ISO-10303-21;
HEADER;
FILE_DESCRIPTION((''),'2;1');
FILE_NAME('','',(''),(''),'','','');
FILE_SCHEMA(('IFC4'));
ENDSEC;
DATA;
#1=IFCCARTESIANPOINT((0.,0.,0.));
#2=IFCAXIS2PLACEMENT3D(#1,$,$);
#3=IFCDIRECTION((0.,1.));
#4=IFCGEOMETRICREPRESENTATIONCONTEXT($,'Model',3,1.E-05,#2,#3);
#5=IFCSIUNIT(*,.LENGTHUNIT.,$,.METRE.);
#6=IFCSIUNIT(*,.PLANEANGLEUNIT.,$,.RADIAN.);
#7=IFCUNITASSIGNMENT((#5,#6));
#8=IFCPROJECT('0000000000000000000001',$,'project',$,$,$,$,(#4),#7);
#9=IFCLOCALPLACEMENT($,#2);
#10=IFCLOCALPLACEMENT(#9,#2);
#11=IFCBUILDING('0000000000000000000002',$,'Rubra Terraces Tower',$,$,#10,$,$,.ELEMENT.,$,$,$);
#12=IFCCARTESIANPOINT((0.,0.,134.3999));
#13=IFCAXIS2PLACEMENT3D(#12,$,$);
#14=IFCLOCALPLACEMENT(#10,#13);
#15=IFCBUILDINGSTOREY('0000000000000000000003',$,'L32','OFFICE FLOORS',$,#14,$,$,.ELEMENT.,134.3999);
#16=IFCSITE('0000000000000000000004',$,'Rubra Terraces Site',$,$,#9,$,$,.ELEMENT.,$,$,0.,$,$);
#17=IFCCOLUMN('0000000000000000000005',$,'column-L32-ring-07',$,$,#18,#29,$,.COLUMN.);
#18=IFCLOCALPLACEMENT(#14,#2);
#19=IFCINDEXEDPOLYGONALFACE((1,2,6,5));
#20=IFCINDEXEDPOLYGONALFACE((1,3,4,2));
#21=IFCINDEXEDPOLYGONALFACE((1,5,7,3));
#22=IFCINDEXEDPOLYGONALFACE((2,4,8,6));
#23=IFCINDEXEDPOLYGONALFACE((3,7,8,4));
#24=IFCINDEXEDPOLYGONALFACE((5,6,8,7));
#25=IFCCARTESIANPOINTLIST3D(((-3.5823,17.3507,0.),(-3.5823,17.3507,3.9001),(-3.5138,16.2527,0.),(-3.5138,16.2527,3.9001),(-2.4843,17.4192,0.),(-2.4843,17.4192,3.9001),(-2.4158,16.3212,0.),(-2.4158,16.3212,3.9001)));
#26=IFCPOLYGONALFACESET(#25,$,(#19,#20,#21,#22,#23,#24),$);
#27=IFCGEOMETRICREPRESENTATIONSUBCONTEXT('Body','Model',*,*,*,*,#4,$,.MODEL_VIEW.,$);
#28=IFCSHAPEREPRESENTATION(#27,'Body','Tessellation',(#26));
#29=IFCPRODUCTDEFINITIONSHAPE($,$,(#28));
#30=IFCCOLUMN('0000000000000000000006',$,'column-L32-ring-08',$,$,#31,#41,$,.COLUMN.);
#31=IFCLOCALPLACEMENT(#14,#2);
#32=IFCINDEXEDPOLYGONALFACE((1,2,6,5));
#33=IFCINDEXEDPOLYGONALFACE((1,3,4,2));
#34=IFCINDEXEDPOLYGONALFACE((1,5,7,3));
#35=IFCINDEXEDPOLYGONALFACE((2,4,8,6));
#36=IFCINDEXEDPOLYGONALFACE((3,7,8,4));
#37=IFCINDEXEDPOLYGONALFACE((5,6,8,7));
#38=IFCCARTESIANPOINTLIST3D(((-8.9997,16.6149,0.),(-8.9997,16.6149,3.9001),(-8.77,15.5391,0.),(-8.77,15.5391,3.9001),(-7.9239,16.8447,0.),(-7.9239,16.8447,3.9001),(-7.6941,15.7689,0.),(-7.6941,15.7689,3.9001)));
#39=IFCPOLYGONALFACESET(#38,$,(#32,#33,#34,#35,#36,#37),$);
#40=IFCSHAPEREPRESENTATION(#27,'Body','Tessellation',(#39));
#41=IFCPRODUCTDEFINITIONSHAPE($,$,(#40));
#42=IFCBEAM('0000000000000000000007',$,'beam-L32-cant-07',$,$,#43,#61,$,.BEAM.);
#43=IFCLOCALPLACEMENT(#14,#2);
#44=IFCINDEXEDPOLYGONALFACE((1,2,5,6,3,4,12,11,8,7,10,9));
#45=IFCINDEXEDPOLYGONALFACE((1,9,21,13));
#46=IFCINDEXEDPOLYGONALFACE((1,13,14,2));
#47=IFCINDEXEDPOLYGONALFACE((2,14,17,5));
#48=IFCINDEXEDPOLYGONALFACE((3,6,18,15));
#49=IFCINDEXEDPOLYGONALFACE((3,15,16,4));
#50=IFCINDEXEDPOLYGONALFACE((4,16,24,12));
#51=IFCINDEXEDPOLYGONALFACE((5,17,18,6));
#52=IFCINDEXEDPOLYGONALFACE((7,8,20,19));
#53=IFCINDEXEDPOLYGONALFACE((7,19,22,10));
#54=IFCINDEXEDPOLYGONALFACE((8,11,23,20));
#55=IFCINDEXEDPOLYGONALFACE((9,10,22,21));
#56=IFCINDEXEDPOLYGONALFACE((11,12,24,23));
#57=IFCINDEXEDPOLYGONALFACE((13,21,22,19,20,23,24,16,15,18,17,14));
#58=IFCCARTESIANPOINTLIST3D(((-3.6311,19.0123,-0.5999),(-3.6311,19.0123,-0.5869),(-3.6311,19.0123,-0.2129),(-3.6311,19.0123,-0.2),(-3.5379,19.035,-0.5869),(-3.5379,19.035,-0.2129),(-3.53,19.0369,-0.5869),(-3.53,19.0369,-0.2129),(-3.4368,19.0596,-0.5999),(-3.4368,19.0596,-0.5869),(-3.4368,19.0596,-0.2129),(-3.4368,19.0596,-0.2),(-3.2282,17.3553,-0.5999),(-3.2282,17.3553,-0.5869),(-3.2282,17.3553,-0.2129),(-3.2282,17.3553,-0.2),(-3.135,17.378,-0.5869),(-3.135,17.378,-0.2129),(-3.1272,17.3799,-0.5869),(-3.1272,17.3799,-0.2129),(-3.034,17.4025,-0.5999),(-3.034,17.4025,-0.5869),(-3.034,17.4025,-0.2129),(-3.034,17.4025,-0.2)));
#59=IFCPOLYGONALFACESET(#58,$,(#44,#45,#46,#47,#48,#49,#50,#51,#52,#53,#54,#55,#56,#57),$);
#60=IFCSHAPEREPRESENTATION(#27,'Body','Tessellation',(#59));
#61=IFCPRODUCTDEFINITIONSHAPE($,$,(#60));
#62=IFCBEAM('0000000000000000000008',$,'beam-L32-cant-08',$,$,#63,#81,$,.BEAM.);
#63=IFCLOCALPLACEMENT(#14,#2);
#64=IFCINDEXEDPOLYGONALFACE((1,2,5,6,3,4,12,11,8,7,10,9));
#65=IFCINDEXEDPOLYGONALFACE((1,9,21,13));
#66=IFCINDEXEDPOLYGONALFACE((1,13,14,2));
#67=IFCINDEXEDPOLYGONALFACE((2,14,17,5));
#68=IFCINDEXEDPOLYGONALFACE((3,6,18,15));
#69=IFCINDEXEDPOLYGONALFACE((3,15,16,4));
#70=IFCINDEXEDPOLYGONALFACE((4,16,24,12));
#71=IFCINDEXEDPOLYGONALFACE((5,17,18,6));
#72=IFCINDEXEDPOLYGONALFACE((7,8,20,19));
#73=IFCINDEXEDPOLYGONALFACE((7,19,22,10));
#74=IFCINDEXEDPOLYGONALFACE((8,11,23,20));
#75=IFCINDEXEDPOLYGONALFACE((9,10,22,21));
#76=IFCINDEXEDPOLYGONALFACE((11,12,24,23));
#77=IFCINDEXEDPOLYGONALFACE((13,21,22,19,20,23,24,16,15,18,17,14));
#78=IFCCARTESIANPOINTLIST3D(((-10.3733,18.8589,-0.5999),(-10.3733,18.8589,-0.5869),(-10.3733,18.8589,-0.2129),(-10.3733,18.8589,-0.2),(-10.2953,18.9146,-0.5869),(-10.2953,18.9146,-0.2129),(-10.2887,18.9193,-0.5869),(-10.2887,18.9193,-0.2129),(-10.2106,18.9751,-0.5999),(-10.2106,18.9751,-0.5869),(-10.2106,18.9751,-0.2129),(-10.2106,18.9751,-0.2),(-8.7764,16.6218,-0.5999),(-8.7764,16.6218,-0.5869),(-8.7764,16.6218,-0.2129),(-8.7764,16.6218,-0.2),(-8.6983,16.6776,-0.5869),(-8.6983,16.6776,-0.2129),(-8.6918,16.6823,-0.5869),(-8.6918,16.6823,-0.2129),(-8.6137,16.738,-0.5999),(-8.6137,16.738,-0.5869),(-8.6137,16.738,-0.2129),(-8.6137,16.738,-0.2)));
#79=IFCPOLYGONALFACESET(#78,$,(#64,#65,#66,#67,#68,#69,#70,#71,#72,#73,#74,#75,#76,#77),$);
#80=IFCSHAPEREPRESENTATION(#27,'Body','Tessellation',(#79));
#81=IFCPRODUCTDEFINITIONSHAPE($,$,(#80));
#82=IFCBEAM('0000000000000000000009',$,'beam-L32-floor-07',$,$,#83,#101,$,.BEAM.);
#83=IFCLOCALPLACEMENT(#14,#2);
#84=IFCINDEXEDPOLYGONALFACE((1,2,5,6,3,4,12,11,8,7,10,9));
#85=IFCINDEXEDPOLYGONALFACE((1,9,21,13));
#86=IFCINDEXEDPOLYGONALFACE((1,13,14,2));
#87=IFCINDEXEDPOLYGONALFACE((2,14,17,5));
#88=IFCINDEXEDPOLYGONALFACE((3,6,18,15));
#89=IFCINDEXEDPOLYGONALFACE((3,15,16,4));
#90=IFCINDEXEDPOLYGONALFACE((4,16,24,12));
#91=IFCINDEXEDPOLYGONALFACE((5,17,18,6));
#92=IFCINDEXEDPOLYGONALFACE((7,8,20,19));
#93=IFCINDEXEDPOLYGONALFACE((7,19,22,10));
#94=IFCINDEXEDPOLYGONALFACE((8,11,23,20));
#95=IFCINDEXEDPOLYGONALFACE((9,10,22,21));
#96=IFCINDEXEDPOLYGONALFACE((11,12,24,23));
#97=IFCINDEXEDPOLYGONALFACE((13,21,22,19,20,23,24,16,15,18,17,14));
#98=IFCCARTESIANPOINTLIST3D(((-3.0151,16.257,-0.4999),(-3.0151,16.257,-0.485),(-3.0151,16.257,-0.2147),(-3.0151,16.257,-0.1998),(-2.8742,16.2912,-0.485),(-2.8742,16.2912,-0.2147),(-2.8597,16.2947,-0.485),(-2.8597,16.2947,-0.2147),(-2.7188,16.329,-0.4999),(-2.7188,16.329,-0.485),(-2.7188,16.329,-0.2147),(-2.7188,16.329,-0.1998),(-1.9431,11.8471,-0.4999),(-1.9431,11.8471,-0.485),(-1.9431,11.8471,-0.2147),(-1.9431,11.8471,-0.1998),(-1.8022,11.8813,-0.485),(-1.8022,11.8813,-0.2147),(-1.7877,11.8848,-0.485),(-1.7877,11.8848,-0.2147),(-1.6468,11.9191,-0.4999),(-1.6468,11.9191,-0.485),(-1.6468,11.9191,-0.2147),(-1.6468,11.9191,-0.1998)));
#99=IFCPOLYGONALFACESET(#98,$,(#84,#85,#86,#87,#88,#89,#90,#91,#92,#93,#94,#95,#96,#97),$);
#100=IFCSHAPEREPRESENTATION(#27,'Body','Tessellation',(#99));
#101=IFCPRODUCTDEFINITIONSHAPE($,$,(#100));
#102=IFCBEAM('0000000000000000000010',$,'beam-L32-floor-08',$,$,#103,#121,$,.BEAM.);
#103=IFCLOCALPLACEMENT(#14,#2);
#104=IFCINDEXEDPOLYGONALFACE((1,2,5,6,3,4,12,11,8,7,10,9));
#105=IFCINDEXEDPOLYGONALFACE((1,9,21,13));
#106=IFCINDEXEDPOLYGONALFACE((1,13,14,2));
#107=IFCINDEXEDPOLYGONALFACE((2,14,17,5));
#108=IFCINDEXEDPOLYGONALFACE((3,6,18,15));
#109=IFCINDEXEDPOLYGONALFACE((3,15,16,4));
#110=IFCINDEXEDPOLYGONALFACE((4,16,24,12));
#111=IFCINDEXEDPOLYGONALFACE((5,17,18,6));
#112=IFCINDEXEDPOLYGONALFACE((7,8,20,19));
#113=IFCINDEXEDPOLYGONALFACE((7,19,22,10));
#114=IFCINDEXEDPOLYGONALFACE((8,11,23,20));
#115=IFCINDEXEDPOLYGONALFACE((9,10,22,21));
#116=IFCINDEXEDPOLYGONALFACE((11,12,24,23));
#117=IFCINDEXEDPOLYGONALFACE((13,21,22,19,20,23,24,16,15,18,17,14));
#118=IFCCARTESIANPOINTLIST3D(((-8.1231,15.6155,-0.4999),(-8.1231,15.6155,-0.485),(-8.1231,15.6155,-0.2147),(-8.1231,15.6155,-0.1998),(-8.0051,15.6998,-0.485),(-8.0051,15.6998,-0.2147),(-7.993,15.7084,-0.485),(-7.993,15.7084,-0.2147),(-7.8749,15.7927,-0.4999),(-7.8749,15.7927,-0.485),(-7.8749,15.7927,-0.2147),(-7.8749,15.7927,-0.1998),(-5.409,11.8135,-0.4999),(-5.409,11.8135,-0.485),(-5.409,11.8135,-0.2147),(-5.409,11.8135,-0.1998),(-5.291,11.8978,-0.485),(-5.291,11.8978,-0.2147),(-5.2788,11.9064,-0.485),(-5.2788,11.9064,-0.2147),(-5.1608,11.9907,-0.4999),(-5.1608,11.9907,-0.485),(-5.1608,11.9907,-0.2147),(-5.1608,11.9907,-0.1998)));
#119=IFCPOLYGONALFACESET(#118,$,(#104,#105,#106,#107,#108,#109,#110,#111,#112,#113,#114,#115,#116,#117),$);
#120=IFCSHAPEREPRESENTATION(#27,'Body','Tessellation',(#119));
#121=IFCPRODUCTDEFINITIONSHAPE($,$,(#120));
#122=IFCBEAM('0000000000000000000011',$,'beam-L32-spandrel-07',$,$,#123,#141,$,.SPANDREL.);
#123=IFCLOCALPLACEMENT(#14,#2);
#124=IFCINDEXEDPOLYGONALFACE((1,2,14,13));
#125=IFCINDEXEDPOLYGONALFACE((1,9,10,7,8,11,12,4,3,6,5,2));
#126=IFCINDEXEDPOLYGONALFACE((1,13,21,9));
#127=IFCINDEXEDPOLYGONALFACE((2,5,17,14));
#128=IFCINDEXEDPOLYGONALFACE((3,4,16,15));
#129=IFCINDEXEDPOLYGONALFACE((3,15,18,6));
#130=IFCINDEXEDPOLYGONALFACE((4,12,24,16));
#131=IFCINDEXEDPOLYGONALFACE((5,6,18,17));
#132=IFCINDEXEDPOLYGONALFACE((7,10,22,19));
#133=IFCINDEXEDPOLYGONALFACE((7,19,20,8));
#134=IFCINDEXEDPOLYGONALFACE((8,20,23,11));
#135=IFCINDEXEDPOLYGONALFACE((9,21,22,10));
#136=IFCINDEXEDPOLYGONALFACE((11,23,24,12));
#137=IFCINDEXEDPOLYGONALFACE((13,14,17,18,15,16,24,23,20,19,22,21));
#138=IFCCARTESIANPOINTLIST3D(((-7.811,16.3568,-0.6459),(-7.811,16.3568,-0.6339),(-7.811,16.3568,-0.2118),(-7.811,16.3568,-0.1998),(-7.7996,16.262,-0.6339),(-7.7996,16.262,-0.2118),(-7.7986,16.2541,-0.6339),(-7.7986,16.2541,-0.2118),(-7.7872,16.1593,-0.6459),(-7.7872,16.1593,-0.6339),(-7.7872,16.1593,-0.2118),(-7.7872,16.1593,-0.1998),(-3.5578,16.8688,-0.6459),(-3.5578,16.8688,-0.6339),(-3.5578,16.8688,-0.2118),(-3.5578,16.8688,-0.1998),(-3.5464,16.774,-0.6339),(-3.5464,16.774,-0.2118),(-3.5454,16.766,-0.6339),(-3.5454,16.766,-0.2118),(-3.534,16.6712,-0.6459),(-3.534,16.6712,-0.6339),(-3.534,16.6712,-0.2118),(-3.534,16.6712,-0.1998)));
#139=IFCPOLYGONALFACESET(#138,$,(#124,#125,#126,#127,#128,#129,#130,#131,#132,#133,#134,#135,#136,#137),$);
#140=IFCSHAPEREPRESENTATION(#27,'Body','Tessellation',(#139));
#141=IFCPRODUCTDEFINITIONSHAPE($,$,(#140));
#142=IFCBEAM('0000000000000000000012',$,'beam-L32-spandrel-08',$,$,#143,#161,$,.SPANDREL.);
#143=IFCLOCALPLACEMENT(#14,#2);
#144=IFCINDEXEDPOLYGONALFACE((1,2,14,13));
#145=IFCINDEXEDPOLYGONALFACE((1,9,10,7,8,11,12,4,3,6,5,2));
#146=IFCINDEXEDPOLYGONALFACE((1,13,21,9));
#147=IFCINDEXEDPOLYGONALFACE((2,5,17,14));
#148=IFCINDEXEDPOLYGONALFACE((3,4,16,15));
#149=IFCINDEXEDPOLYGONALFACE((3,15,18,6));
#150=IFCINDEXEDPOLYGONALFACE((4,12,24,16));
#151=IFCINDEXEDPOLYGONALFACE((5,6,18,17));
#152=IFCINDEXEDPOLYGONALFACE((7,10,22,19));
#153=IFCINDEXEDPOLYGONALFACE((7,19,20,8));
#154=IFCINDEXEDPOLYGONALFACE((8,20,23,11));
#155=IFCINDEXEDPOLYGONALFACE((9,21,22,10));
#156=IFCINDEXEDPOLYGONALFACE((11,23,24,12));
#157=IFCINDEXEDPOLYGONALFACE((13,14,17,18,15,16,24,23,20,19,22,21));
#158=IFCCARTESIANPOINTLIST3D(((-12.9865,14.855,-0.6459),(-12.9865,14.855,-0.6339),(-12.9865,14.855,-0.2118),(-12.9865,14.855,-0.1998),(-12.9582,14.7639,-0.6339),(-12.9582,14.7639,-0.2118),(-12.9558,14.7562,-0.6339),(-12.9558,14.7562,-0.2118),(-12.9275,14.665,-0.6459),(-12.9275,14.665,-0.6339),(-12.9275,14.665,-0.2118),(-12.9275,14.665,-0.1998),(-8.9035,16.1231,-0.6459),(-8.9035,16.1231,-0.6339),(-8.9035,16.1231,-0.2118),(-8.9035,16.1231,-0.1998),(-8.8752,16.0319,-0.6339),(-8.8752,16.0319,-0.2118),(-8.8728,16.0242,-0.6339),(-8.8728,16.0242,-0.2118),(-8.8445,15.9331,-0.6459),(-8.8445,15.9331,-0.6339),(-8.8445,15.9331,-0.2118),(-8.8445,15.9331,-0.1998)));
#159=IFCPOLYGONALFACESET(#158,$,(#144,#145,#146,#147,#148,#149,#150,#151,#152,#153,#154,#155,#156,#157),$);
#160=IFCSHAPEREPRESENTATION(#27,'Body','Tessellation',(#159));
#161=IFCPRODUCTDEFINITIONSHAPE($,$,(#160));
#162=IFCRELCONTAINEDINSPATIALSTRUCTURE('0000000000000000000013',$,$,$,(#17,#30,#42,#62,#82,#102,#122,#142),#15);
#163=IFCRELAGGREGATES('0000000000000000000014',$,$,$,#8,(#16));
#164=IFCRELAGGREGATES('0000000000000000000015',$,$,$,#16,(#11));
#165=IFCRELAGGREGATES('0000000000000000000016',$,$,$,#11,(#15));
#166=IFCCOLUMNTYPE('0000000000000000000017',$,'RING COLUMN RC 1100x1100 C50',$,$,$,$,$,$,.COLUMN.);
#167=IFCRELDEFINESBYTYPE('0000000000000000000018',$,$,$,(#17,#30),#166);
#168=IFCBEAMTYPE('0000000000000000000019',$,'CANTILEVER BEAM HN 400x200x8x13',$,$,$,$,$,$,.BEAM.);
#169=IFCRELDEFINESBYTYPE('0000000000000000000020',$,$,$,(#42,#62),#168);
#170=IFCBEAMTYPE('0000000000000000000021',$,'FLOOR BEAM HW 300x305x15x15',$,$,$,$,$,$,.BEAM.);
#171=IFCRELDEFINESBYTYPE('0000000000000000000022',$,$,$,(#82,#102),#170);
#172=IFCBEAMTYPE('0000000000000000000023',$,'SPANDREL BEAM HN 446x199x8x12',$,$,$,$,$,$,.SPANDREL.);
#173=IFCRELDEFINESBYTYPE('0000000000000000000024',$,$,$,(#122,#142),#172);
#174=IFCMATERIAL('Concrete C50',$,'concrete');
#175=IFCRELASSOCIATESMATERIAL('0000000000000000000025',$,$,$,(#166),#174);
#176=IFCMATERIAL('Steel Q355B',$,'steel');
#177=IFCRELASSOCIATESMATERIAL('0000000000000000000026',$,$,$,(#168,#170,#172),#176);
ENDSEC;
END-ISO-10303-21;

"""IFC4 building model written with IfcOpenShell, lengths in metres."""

from ifc_helpers import new_model, si_unit, direction, frame, origin, origin_2d, place, context, subcontext, project, spatial, rectangle, i_section, extrude, material, material_profile, profile_set, type_object, element, save


model = new_model("IFC4")

# Units and contexts
model_context = context("Model", 3, precision=1e-05, world=origin(), true_north=direction((0.0, 1.0)))
body_context = subcontext(model_context, "Body", "Model", "MODEL_VIEW")
ifc_project = project(units=[si_unit("LENGTHUNIT", "METRE"), si_unit("PLANEANGLEUNIT", "RADIAN")], contexts=[model_context])

# Site, building, storey
site_placement = place(None, origin())
site = spatial("IfcSite", under=ifc_project, at=site_placement, Name="Rubra Terraces Site", CompositionType="ELEMENT", RefElevation=0.0)
building_placement = place(site_placement, origin())
building = spatial("IfcBuilding", under=site, at=building_placement, Name="Rubra Terraces Tower", CompositionType="ELEMENT")
storey_placement = place(building_placement, frame((0.0, 0.0, 134.3999)))
storey = spatial("IfcBuildingStorey", under=building, at=storey_placement, Name="L32", Description="OFFICE FLOORS", CompositionType="ELEMENT", Elevation=134.3999)

# Columns
ifc_material_1 = material(Name="Concrete C50", Category="concrete")
ifc_material_profile_1 = material_profile(ifc_material_1, rectangle(XDim=1.1001, YDim=1.1001, at=origin_2d()), Name="RC 1100x1100")
ifc_profile_set_1 = profile_set([ifc_material_profile_1], Name="Concrete C50")
column_type = type_object("IfcColumnType", Name="RING COLUMN RC 1100x1100 C50", PredefinedType="COLUMN", material=ifc_profile_set_1)
for number, where, z_axis, x_axis, name in (
    (1, (-2.999, 16.8359, 0.0), (0.0, 0.0, 1.0), (-0.998059, -0.062268, 0.0), "column-L32-ring-07"),
    (2, (-8.3469, 16.1919, 0.0), (0.0, 0.0, 1.0), (-0.977944, -0.208867, 0.0), "column-L32-ring-08"),
):
    element("IfcColumn", number, at=place(storey_placement, frame(where, z_axis=z_axis, x_axis=x_axis)), inside=storey, type_object=column_type, Name=name, PredefinedType="COLUMN", context=body_context, shape_type="SweptSolid", body=[
        extrude(rectangle(XDim=1.1001, YDim=1.1001, at=origin_2d()), origin(), (0.0, 0.0, 1.0), 3.9001),
    ])

# Beams
ifc_material_2 = material(Name="Steel Q355B", Category="steel")
ifc_material_profile_2 = material_profile(ifc_material_2, i_section(OverallWidth=0.2, OverallDepth=0.3999, WebThickness=0.0081, FlangeThickness=0.0129, at=origin_2d()), Name="HN 400x200x8x13")
ifc_profile_set_2 = profile_set([ifc_material_profile_2], Name="Steel Q355B")
beam_type_1 = type_object("IfcBeamType", Name="CANTILEVER BEAM HN 400x200x8x13", PredefinedType="BEAM", material=ifc_profile_set_2)
beam_1_placement = place(storey_placement, frame((-3.1311, 17.3789, -0.3999), z_axis=(-0.236231, 0.971697, 0.0), x_axis=(-0.971697, -0.236231, 0.0)))
element("IfcBeam", 3, at=beam_1_placement, inside=storey, type_object=beam_type_1, Name="beam-L32-cant-07", PredefinedType="BEAM", context=body_context, shape_type="SweptSolid", body=[
    extrude(i_section(OverallWidth=0.2, OverallDepth=0.3999, WebThickness=0.0081, FlangeThickness=0.0129, at=origin_2d()), origin(), (0.0, 0.0, 1.0), 1.7053),
])
beam_2_placement = place(storey_placement, frame((-8.6951, 16.6799, -0.3999), z_axis=(-0.581003, 0.813901, 0.0), x_axis=(-0.813901, -0.581003, 0.0)))
element("IfcBeam", 4, at=beam_2_placement, inside=storey, type_object=beam_type_1, Name="beam-L32-cant-08", PredefinedType="BEAM", context=body_context, shape_type="SweptSolid", body=[
    extrude(i_section(OverallWidth=0.2, OverallDepth=0.3999, WebThickness=0.0081, FlangeThickness=0.0129, at=origin_2d()), origin(), (0.0, 0.0, 1.0), 2.7485),
])
ifc_material_profile_3 = material_profile(ifc_material_2, i_section(OverallWidth=0.3049, OverallDepth=0.3, WebThickness=0.0149, FlangeThickness=0.0149, at=origin_2d()), Name="HW 300x305x15x15")
ifc_profile_set_3 = profile_set([ifc_material_profile_3], Name="Steel Q355B")
beam_type_2 = type_object("IfcBeamType", Name="FLOOR BEAM HW 300x305x15x15", PredefinedType="BEAM", material=ifc_profile_set_3)
beam_3_placement = place(storey_placement, frame((-2.8669, 16.293, -0.3499), z_axis=(0.236214, -0.971701, 0.0), x_axis=(0.971701, 0.236214, 0.0)))
element("IfcBeam", 5, at=beam_3_placement, inside=storey, type_object=beam_type_2, Name="beam-L32-floor-07", PredefinedType="BEAM", context=body_context, shape_type="SweptSolid", body=[
    extrude(i_section(OverallWidth=0.3049, OverallDepth=0.3, WebThickness=0.0149, FlangeThickness=0.0149, at=origin_2d()), origin(), (0.0, 0.0, 1.0), 4.5383),
])
beam_4_placement = place(storey_placement, frame((-7.999, 15.7041, -0.3499), z_axis=(0.581011, -0.813896, 0.0), x_axis=(0.813896, 0.581011, 0.0)))
element("IfcBeam", 6, at=beam_4_placement, inside=storey, type_object=beam_type_2, Name="beam-L32-floor-08", PredefinedType="BEAM", context=body_context, shape_type="SweptSolid", body=[
    extrude(i_section(OverallWidth=0.3049, OverallDepth=0.3, WebThickness=0.0149, FlangeThickness=0.0149, at=origin_2d()), origin(), (0.0, 0.0, 1.0), 4.6714),
])
ifc_material_profile_4 = material_profile(ifc_material_2, i_section(OverallWidth=0.199, OverallDepth=0.446, WebThickness=0.0081, FlangeThickness=0.012, at=origin_2d()), Name="HN 446x199x8x12")
ifc_profile_set_4 = profile_set([ifc_material_profile_4], Name="Steel Q355B")
beam_type_3 = type_object("IfcBeamType", Name="SPANDREL BEAM HN 446x199x8x12", PredefinedType="SPANDREL", material=ifc_profile_set_4)
beam_5_placement = place(storey_placement, frame((-3.5459, 16.77, -0.4229), z_axis=(-0.992833, -0.119509, 0.0), x_axis=(0.119509, -0.992833, 0.0)))
element("IfcBeam", 7, at=beam_5_placement, inside=storey, type_object=beam_type_3, Name="beam-L32-spandrel-07", PredefinedType="SPANDREL", context=body_context, shape_type="SweptSolid", body=[
    extrude(i_section(OverallWidth=0.199, OverallDepth=0.446, WebThickness=0.0081, FlangeThickness=0.012, at=origin_2d()), origin(), (0.0, 0.0, 1.0), 4.2839),
])
beam_6_placement = place(storey_placement, frame((-8.874, 16.0281, -0.4229), z_axis=(-0.955003, -0.296597, 0.0), x_axis=(0.296597, -0.955003, 0.0)))
element("IfcBeam", 8, at=beam_6_placement, inside=storey, type_object=beam_type_3, Name="beam-L32-spandrel-08", PredefinedType="SPANDREL", context=body_context, shape_type="SweptSolid", body=[
    extrude(i_section(OverallWidth=0.199, OverallDepth=0.446, WebThickness=0.0081, FlangeThickness=0.012, at=origin_2d()), origin(), (0.0, 0.0, 1.0), 4.2754),
])

save(model, "model.ifc")
